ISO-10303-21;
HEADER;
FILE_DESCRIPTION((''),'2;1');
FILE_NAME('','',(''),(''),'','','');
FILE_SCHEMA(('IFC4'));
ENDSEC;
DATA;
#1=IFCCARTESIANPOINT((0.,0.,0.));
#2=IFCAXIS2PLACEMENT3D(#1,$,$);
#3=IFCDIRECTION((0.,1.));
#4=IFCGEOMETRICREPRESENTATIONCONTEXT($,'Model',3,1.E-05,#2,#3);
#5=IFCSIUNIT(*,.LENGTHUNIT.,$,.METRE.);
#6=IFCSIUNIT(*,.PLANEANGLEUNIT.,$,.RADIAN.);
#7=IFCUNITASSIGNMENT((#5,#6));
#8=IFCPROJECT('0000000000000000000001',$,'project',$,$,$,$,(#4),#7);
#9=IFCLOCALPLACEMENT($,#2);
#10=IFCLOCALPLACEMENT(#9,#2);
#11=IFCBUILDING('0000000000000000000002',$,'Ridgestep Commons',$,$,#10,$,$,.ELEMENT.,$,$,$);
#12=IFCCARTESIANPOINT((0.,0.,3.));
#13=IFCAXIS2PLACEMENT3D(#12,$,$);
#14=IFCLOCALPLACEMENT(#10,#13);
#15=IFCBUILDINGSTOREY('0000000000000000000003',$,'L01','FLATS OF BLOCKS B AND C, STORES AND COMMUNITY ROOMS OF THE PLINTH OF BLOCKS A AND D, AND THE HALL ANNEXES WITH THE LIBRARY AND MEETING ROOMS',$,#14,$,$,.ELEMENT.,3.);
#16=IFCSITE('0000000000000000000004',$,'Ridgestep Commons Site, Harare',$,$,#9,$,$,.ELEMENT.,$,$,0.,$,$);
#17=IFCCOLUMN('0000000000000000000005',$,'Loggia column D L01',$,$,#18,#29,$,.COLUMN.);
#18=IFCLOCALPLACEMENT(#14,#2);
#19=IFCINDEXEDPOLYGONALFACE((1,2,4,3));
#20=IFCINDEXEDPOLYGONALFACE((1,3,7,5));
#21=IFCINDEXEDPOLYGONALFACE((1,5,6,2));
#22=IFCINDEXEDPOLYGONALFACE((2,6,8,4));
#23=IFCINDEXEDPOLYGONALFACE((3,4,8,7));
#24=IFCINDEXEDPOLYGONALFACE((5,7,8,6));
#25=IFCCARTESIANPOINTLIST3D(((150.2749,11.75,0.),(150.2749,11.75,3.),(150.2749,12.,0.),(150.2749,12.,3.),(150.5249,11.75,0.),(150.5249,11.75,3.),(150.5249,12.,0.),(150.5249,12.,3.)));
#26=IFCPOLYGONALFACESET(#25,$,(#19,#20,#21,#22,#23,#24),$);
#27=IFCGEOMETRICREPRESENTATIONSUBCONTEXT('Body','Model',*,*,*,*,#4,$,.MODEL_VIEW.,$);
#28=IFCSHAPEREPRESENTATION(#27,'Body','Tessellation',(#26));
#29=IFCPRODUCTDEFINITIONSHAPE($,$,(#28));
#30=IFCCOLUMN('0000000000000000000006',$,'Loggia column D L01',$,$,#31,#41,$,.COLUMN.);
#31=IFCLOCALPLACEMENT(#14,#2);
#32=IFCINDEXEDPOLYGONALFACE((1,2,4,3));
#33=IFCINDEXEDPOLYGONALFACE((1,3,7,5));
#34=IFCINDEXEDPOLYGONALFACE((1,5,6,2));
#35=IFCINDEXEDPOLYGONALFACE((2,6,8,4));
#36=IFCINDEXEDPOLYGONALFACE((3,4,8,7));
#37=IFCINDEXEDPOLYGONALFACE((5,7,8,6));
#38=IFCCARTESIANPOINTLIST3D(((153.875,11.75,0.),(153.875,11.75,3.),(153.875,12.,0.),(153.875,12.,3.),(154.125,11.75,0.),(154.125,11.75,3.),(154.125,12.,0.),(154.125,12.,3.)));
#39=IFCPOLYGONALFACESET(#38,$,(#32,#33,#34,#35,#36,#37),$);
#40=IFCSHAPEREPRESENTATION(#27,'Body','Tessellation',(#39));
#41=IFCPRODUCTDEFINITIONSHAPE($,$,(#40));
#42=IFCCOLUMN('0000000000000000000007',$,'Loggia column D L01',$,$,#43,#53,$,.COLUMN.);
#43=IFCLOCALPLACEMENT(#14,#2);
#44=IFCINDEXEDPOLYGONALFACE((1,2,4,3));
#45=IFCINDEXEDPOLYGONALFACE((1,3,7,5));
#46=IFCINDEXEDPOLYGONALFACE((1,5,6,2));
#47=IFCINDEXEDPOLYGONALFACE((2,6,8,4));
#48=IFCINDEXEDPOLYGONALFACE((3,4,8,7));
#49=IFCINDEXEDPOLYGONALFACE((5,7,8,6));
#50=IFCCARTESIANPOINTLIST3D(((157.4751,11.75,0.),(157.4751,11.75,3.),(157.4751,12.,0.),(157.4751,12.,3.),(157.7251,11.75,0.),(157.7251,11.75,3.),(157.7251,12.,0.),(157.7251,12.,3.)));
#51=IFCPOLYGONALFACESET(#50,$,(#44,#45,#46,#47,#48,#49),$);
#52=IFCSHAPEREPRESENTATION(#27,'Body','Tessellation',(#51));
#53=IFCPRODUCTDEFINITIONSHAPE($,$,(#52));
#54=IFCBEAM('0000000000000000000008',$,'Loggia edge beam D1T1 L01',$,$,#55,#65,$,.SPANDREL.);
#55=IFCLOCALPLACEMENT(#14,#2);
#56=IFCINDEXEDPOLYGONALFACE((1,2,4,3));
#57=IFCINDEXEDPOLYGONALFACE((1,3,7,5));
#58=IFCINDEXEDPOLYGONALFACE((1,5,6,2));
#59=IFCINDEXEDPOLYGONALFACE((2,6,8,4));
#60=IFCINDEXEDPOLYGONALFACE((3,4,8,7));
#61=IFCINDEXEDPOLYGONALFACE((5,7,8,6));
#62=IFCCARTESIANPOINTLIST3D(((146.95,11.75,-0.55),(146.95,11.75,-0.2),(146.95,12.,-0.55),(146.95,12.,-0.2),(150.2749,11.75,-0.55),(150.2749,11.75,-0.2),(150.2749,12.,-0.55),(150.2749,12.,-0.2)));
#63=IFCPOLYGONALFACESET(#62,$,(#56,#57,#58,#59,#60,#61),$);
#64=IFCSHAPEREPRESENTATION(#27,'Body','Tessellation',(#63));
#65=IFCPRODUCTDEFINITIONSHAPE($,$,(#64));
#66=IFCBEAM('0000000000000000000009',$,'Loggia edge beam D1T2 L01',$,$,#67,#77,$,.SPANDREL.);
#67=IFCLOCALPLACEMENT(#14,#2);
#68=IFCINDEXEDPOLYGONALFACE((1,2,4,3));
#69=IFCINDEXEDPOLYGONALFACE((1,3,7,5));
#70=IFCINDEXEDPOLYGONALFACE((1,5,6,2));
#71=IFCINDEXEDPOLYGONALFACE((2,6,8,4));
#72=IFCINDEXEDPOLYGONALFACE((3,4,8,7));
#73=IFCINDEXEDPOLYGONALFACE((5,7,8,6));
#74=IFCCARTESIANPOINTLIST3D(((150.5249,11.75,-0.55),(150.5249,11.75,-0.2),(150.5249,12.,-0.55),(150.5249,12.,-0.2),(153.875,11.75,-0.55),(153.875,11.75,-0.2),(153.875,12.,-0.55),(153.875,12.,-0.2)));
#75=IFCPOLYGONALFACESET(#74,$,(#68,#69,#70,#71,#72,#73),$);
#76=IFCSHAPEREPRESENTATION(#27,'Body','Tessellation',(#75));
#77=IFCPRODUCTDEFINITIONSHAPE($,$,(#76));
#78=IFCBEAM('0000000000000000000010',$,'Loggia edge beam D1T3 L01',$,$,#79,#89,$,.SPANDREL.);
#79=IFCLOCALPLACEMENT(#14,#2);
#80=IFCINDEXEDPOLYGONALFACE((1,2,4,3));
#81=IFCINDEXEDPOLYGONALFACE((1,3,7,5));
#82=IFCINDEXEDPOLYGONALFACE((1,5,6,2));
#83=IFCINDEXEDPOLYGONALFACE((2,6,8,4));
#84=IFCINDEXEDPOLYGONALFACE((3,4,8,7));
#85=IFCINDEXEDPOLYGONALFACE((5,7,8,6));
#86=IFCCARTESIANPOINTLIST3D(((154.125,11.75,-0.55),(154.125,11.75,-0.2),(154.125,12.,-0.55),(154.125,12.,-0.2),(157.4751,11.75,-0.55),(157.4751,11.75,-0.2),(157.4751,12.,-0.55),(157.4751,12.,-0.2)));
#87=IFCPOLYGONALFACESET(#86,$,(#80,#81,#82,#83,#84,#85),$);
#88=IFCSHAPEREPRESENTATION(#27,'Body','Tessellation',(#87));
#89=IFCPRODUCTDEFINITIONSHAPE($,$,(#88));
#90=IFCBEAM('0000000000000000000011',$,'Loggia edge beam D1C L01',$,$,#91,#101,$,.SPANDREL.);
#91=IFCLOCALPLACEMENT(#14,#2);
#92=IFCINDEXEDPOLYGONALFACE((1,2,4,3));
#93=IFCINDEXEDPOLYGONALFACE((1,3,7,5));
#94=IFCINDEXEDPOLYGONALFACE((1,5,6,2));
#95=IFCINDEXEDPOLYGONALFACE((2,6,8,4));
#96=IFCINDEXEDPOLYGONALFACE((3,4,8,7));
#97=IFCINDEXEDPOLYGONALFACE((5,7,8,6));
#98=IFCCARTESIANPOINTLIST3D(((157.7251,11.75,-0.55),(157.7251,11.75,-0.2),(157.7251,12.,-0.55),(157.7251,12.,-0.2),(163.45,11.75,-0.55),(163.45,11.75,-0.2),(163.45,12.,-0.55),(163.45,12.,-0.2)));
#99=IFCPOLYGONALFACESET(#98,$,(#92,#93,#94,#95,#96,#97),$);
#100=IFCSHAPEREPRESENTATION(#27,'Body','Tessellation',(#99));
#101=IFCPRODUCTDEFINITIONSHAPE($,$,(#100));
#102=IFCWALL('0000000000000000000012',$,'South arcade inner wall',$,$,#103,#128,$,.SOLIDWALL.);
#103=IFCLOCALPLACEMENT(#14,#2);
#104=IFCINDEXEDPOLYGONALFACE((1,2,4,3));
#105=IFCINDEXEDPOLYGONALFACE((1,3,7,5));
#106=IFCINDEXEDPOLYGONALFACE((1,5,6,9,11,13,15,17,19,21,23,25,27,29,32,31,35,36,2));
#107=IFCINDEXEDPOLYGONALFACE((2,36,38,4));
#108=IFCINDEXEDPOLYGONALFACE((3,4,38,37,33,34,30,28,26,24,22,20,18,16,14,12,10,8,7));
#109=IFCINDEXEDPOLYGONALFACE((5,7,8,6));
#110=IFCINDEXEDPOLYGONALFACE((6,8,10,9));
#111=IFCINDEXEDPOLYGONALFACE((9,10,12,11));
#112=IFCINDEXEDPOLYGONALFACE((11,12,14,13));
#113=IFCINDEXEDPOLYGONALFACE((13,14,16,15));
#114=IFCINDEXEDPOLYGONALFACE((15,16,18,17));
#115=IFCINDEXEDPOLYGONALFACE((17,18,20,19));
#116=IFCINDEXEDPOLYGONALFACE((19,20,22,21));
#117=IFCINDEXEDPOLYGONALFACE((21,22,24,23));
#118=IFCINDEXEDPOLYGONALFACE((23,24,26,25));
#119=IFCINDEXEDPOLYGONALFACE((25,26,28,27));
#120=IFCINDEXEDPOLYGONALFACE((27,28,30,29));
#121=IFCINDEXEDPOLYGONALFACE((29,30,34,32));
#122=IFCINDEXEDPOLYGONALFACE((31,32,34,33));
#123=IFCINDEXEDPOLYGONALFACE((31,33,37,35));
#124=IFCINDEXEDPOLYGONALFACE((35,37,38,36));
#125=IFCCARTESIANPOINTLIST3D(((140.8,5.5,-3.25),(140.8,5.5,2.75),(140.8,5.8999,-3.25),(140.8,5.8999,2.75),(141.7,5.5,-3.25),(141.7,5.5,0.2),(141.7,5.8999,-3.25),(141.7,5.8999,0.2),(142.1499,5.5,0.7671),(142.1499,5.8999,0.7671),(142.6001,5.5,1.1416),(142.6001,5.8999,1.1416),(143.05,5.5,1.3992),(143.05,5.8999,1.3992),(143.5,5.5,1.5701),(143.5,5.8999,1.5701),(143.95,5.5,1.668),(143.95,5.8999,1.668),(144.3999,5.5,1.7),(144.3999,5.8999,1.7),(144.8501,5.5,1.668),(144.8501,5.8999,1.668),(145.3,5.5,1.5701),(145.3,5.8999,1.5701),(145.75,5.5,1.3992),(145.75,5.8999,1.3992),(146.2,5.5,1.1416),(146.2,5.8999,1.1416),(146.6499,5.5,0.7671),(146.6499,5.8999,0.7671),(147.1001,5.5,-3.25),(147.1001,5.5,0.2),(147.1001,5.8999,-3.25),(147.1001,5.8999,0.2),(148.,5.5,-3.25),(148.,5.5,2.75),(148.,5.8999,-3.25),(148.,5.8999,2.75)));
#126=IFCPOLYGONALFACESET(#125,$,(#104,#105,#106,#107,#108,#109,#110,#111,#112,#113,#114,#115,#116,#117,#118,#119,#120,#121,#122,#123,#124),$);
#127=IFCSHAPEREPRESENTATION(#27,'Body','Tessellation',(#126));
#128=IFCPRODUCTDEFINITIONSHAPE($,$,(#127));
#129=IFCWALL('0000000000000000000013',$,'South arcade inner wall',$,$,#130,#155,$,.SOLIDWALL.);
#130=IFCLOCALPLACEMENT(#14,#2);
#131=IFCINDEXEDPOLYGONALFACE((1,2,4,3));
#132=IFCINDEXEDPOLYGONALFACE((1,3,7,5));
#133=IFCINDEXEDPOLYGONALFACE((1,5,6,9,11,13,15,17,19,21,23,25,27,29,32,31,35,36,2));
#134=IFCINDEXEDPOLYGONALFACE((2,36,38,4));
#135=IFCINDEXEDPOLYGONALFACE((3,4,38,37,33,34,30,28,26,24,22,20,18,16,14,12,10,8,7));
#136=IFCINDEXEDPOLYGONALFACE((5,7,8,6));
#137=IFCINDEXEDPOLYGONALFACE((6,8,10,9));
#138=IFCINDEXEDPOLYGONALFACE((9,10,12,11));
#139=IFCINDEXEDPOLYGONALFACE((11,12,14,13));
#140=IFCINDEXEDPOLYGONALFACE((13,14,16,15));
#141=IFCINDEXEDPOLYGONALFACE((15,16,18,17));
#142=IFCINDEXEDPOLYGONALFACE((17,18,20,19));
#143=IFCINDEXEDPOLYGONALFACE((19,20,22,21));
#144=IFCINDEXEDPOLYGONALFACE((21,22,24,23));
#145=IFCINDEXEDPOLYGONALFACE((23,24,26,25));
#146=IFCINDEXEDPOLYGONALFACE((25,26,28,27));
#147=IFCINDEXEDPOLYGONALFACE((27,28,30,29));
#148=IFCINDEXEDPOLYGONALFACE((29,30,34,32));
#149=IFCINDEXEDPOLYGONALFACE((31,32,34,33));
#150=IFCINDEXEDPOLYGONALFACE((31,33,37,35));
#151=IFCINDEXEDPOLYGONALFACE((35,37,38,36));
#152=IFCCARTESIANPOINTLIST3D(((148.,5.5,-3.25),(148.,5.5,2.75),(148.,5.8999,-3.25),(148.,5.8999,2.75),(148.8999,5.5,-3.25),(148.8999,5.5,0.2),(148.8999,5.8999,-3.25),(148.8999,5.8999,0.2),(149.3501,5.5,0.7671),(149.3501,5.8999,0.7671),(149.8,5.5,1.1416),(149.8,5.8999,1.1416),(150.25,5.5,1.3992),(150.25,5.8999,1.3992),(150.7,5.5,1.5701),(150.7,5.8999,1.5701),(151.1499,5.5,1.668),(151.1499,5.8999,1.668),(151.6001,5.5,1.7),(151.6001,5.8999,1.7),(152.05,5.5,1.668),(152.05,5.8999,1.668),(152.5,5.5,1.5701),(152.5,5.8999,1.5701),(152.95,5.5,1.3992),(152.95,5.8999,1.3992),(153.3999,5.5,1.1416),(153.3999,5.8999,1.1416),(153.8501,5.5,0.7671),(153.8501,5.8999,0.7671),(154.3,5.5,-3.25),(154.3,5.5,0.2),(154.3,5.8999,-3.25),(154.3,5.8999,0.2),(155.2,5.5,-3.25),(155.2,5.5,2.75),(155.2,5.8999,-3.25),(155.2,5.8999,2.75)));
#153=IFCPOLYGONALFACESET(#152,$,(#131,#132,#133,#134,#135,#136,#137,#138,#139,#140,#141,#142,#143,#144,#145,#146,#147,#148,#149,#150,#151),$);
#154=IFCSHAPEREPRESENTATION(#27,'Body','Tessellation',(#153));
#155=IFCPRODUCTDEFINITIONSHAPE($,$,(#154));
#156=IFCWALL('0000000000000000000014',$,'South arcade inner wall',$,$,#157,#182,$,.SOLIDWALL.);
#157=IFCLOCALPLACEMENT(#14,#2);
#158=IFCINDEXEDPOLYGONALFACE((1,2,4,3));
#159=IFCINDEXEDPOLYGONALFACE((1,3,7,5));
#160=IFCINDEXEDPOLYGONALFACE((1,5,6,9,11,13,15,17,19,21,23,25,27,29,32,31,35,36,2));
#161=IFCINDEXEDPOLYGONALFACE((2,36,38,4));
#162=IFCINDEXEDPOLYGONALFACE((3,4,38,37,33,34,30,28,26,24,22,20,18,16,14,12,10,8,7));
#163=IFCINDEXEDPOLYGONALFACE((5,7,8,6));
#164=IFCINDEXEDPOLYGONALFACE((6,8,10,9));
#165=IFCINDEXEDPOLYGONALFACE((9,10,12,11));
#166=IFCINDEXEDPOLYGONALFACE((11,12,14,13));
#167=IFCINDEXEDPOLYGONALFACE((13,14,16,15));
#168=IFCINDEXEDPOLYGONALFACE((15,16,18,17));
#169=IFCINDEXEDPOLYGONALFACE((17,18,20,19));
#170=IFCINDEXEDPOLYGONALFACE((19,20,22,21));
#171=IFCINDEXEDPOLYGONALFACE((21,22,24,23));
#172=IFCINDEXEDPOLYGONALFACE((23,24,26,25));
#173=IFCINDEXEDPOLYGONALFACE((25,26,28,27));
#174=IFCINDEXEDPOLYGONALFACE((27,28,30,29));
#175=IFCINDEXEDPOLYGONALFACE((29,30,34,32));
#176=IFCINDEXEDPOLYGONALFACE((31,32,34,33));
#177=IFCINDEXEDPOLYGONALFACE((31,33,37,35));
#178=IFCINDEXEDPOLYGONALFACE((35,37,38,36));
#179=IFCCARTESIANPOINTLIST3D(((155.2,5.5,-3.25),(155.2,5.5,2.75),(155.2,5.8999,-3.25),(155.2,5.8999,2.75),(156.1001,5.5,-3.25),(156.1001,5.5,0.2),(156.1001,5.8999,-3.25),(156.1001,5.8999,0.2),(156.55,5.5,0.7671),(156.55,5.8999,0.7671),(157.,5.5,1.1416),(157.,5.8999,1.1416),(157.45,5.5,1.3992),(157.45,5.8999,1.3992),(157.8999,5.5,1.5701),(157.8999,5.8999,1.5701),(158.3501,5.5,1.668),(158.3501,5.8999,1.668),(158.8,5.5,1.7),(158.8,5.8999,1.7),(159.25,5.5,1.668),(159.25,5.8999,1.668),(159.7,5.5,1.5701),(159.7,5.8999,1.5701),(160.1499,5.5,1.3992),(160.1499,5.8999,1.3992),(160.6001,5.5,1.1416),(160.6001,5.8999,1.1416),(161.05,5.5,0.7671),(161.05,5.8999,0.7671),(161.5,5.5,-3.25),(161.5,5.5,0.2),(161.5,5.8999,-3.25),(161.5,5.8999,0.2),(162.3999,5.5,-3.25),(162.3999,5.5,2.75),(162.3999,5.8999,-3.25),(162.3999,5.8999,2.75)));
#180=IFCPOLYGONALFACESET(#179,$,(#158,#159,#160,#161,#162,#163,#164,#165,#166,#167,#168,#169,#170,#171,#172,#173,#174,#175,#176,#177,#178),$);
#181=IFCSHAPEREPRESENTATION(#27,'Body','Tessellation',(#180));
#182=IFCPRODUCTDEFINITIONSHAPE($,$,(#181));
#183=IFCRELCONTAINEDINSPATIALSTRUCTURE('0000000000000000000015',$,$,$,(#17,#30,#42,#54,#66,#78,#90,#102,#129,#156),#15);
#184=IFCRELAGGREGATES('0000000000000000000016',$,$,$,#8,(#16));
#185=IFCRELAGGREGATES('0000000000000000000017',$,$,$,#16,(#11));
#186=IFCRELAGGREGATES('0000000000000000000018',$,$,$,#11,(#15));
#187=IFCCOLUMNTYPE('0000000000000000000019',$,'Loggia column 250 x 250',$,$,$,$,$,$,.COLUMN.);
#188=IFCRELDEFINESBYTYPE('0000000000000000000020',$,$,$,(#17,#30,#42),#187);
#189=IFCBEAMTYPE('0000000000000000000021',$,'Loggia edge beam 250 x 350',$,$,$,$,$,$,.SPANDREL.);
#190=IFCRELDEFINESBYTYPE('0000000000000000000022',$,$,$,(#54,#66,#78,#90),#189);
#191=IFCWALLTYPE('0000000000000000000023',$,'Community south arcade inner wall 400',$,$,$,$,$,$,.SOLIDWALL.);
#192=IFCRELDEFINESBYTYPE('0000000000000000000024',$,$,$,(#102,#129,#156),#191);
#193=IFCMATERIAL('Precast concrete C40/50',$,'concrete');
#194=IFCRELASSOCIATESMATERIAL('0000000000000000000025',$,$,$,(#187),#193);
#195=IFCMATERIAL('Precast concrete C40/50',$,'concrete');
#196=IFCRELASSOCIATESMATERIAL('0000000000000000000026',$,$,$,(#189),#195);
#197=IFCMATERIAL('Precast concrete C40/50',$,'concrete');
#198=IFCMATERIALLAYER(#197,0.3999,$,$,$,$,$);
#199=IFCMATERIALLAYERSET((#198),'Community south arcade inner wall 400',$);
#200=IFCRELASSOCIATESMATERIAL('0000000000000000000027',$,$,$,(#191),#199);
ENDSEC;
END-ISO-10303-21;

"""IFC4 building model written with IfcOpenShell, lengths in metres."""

from ifc_helpers import new_model, si_unit, direction, frame, origin, origin_2d, place, context, subcontext, project, spatial, polyline, rectangle, outline, extrude, material, layer, layer_set, material_profile, profile_set, type_object, element, save


model = new_model("IFC4")

# Units and contexts
model_context = context("Model", 3, precision=1e-05, world=origin(), true_north=direction((0.0, 1.0)))
body_context = subcontext(model_context, "Body", "Model", "MODEL_VIEW")
ifc_project = project(units=[si_unit("LENGTHUNIT", "METRE"), si_unit("PLANEANGLEUNIT", "RADIAN")], contexts=[model_context])

# Site, building, storey
site_placement = place(None, origin())
site = spatial("IfcSite", under=ifc_project, at=site_placement, Name="Ridgestep Commons Site, Harare", CompositionType="ELEMENT", RefElevation=0.0)
building_placement = place(site_placement, origin())
building = spatial("IfcBuilding", under=site, at=building_placement, Name="Ridgestep Commons", CompositionType="ELEMENT")
storey_placement = place(building_placement, frame((0.0, 0.0, 3.0)))
storey = spatial("IfcBuildingStorey", under=building, at=storey_placement, Name="L01", Description="FLATS OF BLOCKS B AND C, STORES AND COMMUNITY ROOMS OF THE PLINTH OF BLOCKS A AND D, AND THE HALL ANNEXES WITH THE LIBRARY AND MEETING ROOMS", CompositionType="ELEMENT", Elevation=3.0)

# Columns
ifc_material_1 = material(Name="Precast concrete C40/50", Category="concrete")
ifc_material_profile_1 = material_profile(ifc_material_1, rectangle(XDim=0.25, YDim=0.25, at=origin_2d()), Name="PC 250x250")
ifc_profile_set_1 = profile_set([ifc_material_profile_1], Name="Precast concrete C40/50")
column_type = type_object("IfcColumnType", Name="Loggia column 250 x 250", PredefinedType="COLUMN", material=ifc_profile_set_1)
for number, where, z_axis, x_axis, name in (
    (1, (150.3999, 11.875, 0.0), (0.0, 0.0, 1.0), (1.0, 0.0, 0.0), "Loggia column D L01"),
    (2, (154.0, 11.875, 0.0), (0.0, 0.0, 1.0), (1.0, 0.0, 0.0), "Loggia column D L01"),
    (3, (157.6001, 11.875, 0.0), (0.0, 0.0, 1.0), (1.0, 0.0, 0.0), "Loggia column D L01"),
):
    element("IfcColumn", number, at=place(storey_placement, frame(where, z_axis=z_axis, x_axis=x_axis)), inside=storey, type_object=column_type, Name=name, PredefinedType="COLUMN", context=body_context, shape_type="SweptSolid", body=[
        extrude(rectangle(XDim=0.25, YDim=0.25, at=origin_2d()), origin(), (0.0, 0.0, 1.0), 3.0),
    ])

# Beams
ifc_material_2 = material(Name="Precast concrete C40/50", Category="concrete")
ifc_material_profile_2 = material_profile(ifc_material_2, rectangle(XDim=0.25, YDim=0.3501, at=origin_2d()), Name="PC 250x350")
ifc_profile_set_2 = profile_set([ifc_material_profile_2], Name="Precast concrete C40/50")
beam_type = type_object("IfcBeamType", Name="Loggia edge beam 250 x 350", PredefinedType="SPANDREL", material=ifc_profile_set_2)
beam_1_placement = place(storey_placement, frame((146.95, 11.875, -0.375), z_axis=(1.0, 0.0, 0.0), x_axis=(0.0, 1.0, 0.0)))
element("IfcBeam", 4, at=beam_1_placement, inside=storey, type_object=beam_type, Name="Loggia edge beam D1T1 L01", PredefinedType="SPANDREL", context=body_context, shape_type="SweptSolid", body=[
    extrude(rectangle(XDim=0.25, YDim=0.3501, at=origin_2d()), origin(), (0.0, 0.0, 1.0), 3.325),
])
for number, where, z_axis, x_axis, name in (
    (5, (150.5249, 11.875, -0.375), (1.0, 0.0, 0.0), (0.0, 1.0, 0.0), "Loggia edge beam D1T2 L01"),
    (6, (154.125, 11.875, -0.375), (1.0, 0.0, 0.0), (0.0, 1.0, 0.0), "Loggia edge beam D1T3 L01"),
):
    element("IfcBeam", number, at=place(storey_placement, frame(where, z_axis=z_axis, x_axis=x_axis)), inside=storey, type_object=beam_type, Name=name, PredefinedType="SPANDREL", context=body_context, shape_type="SweptSolid", body=[
        extrude(rectangle(XDim=0.25, YDim=0.3501, at=origin_2d()), origin(), (0.0, 0.0, 1.0), 3.3501),
    ])
beam_2_placement = place(storey_placement, frame((157.7251, 11.875, -0.375), z_axis=(1.0, 0.0, 0.0), x_axis=(0.0, 1.0, 0.0)))
element("IfcBeam", 7, at=beam_2_placement, inside=storey, type_object=beam_type, Name="Loggia edge beam D1C L01", PredefinedType="SPANDREL", context=body_context, shape_type="SweptSolid", body=[
    extrude(rectangle(XDim=0.25, YDim=0.3501, at=origin_2d()), origin(), (0.0, 0.0, 1.0), 5.7249),
])

# Walls
ifc_material_3 = material(Name="Precast concrete C40/50", Category="concrete")
ifc_layer_1 = layer(ifc_material_3, 0.3999)
ifc_layer_set_1 = layer_set([ifc_layer_1], Name="Community south arcade inner wall 400")
wall_type_1 = type_object("IfcWallType", Name="Community south arcade inner wall 400", PredefinedType="SOLIDWALL", material=ifc_layer_set_1)
wall_1_placement = place(storey_placement, frame((140.8, 5.5, -3.25), z_axis=(0.0, -1.0, 0.0), x_axis=(1.0, 0.0, 0.0)))
element("IfcWall", 8, at=wall_1_placement, inside=storey, type_object=wall_type_1, Name="South arcade inner wall", PredefinedType="SOLIDWALL", context=body_context, shape_type="SweptSolid", body=[
    extrude(outline(polyline([(0.0, 0.0), (0.8999, 0.0), (0.8999, 3.45), (1.3499, 4.0171), (1.8, 4.3916), (2.25, 4.6492), (2.7, 4.8201), (3.1499, 4.918), (3.5999, 4.95), (4.05, 4.918), (4.5, 4.8201), (4.95, 4.6492), (5.3999, 4.3916), (5.8499, 4.0171), (6.3, 3.45), (6.3, 0.0), (7.2, 0.0), (7.2, 6.0), (0.0, 6.0), (0.0, 0.0)])), origin(), (0.0, 0.0, -1.0), 0.3999),
])
wall_2_placement = place(storey_placement, frame((148.0, 5.5, -3.25), z_axis=(0.0, -1.0, 0.0), x_axis=(1.0, 0.0, 0.0)))
element("IfcWall", 9, at=wall_2_placement, inside=storey, type_object=wall_type_1, Name="South arcade inner wall", PredefinedType="SOLIDWALL", context=body_context, shape_type="SweptSolid", body=[
    extrude(outline(polyline([(0.0, 0.0), (0.8999, 0.0), (0.8999, 3.45), (1.3501, 4.0171), (1.8, 4.3916), (2.25, 4.6492), (2.7, 4.8201), (3.1499, 4.918), (3.6001, 4.95), (4.05, 4.918), (4.5, 4.8201), (4.95, 4.6492), (5.3999, 4.3916), (5.8501, 4.0171), (6.3, 3.45), (6.3, 0.0), (7.2, 0.0), (7.2, 6.0), (0.0, 6.0), (0.0, 0.0)])), origin(), (0.0, 0.0, -1.0), 0.3999),
])
wall_3_placement = place(storey_placement, frame((155.2, 5.5, -3.25), z_axis=(0.0, -1.0, 0.0), x_axis=(1.0, 0.0, 0.0)))
element("IfcWall", 10, at=wall_3_placement, inside=storey, type_object=wall_type_1, Name="South arcade inner wall", PredefinedType="SOLIDWALL", context=body_context, shape_type="SweptSolid", body=[
    extrude(outline(polyline([(0.0, 0.0), (0.9001, 0.0), (0.9001, 3.45), (1.3501, 4.0171), (1.8, 4.3916), (2.25, 4.6492), (2.7, 4.8201), (3.1501, 4.918), (3.6001, 4.95), (4.05, 4.918), (4.5, 4.8201), (4.95, 4.6492), (5.4001, 4.3916), (5.8501, 4.0171), (6.3, 3.45), (6.3, 0.0), (7.2, 0.0), (7.2, 6.0), (0.0, 6.0), (0.0, 0.0)])), origin(), (0.0, 0.0, -1.0), 0.3999),
])

save(model, "model.ifc")
